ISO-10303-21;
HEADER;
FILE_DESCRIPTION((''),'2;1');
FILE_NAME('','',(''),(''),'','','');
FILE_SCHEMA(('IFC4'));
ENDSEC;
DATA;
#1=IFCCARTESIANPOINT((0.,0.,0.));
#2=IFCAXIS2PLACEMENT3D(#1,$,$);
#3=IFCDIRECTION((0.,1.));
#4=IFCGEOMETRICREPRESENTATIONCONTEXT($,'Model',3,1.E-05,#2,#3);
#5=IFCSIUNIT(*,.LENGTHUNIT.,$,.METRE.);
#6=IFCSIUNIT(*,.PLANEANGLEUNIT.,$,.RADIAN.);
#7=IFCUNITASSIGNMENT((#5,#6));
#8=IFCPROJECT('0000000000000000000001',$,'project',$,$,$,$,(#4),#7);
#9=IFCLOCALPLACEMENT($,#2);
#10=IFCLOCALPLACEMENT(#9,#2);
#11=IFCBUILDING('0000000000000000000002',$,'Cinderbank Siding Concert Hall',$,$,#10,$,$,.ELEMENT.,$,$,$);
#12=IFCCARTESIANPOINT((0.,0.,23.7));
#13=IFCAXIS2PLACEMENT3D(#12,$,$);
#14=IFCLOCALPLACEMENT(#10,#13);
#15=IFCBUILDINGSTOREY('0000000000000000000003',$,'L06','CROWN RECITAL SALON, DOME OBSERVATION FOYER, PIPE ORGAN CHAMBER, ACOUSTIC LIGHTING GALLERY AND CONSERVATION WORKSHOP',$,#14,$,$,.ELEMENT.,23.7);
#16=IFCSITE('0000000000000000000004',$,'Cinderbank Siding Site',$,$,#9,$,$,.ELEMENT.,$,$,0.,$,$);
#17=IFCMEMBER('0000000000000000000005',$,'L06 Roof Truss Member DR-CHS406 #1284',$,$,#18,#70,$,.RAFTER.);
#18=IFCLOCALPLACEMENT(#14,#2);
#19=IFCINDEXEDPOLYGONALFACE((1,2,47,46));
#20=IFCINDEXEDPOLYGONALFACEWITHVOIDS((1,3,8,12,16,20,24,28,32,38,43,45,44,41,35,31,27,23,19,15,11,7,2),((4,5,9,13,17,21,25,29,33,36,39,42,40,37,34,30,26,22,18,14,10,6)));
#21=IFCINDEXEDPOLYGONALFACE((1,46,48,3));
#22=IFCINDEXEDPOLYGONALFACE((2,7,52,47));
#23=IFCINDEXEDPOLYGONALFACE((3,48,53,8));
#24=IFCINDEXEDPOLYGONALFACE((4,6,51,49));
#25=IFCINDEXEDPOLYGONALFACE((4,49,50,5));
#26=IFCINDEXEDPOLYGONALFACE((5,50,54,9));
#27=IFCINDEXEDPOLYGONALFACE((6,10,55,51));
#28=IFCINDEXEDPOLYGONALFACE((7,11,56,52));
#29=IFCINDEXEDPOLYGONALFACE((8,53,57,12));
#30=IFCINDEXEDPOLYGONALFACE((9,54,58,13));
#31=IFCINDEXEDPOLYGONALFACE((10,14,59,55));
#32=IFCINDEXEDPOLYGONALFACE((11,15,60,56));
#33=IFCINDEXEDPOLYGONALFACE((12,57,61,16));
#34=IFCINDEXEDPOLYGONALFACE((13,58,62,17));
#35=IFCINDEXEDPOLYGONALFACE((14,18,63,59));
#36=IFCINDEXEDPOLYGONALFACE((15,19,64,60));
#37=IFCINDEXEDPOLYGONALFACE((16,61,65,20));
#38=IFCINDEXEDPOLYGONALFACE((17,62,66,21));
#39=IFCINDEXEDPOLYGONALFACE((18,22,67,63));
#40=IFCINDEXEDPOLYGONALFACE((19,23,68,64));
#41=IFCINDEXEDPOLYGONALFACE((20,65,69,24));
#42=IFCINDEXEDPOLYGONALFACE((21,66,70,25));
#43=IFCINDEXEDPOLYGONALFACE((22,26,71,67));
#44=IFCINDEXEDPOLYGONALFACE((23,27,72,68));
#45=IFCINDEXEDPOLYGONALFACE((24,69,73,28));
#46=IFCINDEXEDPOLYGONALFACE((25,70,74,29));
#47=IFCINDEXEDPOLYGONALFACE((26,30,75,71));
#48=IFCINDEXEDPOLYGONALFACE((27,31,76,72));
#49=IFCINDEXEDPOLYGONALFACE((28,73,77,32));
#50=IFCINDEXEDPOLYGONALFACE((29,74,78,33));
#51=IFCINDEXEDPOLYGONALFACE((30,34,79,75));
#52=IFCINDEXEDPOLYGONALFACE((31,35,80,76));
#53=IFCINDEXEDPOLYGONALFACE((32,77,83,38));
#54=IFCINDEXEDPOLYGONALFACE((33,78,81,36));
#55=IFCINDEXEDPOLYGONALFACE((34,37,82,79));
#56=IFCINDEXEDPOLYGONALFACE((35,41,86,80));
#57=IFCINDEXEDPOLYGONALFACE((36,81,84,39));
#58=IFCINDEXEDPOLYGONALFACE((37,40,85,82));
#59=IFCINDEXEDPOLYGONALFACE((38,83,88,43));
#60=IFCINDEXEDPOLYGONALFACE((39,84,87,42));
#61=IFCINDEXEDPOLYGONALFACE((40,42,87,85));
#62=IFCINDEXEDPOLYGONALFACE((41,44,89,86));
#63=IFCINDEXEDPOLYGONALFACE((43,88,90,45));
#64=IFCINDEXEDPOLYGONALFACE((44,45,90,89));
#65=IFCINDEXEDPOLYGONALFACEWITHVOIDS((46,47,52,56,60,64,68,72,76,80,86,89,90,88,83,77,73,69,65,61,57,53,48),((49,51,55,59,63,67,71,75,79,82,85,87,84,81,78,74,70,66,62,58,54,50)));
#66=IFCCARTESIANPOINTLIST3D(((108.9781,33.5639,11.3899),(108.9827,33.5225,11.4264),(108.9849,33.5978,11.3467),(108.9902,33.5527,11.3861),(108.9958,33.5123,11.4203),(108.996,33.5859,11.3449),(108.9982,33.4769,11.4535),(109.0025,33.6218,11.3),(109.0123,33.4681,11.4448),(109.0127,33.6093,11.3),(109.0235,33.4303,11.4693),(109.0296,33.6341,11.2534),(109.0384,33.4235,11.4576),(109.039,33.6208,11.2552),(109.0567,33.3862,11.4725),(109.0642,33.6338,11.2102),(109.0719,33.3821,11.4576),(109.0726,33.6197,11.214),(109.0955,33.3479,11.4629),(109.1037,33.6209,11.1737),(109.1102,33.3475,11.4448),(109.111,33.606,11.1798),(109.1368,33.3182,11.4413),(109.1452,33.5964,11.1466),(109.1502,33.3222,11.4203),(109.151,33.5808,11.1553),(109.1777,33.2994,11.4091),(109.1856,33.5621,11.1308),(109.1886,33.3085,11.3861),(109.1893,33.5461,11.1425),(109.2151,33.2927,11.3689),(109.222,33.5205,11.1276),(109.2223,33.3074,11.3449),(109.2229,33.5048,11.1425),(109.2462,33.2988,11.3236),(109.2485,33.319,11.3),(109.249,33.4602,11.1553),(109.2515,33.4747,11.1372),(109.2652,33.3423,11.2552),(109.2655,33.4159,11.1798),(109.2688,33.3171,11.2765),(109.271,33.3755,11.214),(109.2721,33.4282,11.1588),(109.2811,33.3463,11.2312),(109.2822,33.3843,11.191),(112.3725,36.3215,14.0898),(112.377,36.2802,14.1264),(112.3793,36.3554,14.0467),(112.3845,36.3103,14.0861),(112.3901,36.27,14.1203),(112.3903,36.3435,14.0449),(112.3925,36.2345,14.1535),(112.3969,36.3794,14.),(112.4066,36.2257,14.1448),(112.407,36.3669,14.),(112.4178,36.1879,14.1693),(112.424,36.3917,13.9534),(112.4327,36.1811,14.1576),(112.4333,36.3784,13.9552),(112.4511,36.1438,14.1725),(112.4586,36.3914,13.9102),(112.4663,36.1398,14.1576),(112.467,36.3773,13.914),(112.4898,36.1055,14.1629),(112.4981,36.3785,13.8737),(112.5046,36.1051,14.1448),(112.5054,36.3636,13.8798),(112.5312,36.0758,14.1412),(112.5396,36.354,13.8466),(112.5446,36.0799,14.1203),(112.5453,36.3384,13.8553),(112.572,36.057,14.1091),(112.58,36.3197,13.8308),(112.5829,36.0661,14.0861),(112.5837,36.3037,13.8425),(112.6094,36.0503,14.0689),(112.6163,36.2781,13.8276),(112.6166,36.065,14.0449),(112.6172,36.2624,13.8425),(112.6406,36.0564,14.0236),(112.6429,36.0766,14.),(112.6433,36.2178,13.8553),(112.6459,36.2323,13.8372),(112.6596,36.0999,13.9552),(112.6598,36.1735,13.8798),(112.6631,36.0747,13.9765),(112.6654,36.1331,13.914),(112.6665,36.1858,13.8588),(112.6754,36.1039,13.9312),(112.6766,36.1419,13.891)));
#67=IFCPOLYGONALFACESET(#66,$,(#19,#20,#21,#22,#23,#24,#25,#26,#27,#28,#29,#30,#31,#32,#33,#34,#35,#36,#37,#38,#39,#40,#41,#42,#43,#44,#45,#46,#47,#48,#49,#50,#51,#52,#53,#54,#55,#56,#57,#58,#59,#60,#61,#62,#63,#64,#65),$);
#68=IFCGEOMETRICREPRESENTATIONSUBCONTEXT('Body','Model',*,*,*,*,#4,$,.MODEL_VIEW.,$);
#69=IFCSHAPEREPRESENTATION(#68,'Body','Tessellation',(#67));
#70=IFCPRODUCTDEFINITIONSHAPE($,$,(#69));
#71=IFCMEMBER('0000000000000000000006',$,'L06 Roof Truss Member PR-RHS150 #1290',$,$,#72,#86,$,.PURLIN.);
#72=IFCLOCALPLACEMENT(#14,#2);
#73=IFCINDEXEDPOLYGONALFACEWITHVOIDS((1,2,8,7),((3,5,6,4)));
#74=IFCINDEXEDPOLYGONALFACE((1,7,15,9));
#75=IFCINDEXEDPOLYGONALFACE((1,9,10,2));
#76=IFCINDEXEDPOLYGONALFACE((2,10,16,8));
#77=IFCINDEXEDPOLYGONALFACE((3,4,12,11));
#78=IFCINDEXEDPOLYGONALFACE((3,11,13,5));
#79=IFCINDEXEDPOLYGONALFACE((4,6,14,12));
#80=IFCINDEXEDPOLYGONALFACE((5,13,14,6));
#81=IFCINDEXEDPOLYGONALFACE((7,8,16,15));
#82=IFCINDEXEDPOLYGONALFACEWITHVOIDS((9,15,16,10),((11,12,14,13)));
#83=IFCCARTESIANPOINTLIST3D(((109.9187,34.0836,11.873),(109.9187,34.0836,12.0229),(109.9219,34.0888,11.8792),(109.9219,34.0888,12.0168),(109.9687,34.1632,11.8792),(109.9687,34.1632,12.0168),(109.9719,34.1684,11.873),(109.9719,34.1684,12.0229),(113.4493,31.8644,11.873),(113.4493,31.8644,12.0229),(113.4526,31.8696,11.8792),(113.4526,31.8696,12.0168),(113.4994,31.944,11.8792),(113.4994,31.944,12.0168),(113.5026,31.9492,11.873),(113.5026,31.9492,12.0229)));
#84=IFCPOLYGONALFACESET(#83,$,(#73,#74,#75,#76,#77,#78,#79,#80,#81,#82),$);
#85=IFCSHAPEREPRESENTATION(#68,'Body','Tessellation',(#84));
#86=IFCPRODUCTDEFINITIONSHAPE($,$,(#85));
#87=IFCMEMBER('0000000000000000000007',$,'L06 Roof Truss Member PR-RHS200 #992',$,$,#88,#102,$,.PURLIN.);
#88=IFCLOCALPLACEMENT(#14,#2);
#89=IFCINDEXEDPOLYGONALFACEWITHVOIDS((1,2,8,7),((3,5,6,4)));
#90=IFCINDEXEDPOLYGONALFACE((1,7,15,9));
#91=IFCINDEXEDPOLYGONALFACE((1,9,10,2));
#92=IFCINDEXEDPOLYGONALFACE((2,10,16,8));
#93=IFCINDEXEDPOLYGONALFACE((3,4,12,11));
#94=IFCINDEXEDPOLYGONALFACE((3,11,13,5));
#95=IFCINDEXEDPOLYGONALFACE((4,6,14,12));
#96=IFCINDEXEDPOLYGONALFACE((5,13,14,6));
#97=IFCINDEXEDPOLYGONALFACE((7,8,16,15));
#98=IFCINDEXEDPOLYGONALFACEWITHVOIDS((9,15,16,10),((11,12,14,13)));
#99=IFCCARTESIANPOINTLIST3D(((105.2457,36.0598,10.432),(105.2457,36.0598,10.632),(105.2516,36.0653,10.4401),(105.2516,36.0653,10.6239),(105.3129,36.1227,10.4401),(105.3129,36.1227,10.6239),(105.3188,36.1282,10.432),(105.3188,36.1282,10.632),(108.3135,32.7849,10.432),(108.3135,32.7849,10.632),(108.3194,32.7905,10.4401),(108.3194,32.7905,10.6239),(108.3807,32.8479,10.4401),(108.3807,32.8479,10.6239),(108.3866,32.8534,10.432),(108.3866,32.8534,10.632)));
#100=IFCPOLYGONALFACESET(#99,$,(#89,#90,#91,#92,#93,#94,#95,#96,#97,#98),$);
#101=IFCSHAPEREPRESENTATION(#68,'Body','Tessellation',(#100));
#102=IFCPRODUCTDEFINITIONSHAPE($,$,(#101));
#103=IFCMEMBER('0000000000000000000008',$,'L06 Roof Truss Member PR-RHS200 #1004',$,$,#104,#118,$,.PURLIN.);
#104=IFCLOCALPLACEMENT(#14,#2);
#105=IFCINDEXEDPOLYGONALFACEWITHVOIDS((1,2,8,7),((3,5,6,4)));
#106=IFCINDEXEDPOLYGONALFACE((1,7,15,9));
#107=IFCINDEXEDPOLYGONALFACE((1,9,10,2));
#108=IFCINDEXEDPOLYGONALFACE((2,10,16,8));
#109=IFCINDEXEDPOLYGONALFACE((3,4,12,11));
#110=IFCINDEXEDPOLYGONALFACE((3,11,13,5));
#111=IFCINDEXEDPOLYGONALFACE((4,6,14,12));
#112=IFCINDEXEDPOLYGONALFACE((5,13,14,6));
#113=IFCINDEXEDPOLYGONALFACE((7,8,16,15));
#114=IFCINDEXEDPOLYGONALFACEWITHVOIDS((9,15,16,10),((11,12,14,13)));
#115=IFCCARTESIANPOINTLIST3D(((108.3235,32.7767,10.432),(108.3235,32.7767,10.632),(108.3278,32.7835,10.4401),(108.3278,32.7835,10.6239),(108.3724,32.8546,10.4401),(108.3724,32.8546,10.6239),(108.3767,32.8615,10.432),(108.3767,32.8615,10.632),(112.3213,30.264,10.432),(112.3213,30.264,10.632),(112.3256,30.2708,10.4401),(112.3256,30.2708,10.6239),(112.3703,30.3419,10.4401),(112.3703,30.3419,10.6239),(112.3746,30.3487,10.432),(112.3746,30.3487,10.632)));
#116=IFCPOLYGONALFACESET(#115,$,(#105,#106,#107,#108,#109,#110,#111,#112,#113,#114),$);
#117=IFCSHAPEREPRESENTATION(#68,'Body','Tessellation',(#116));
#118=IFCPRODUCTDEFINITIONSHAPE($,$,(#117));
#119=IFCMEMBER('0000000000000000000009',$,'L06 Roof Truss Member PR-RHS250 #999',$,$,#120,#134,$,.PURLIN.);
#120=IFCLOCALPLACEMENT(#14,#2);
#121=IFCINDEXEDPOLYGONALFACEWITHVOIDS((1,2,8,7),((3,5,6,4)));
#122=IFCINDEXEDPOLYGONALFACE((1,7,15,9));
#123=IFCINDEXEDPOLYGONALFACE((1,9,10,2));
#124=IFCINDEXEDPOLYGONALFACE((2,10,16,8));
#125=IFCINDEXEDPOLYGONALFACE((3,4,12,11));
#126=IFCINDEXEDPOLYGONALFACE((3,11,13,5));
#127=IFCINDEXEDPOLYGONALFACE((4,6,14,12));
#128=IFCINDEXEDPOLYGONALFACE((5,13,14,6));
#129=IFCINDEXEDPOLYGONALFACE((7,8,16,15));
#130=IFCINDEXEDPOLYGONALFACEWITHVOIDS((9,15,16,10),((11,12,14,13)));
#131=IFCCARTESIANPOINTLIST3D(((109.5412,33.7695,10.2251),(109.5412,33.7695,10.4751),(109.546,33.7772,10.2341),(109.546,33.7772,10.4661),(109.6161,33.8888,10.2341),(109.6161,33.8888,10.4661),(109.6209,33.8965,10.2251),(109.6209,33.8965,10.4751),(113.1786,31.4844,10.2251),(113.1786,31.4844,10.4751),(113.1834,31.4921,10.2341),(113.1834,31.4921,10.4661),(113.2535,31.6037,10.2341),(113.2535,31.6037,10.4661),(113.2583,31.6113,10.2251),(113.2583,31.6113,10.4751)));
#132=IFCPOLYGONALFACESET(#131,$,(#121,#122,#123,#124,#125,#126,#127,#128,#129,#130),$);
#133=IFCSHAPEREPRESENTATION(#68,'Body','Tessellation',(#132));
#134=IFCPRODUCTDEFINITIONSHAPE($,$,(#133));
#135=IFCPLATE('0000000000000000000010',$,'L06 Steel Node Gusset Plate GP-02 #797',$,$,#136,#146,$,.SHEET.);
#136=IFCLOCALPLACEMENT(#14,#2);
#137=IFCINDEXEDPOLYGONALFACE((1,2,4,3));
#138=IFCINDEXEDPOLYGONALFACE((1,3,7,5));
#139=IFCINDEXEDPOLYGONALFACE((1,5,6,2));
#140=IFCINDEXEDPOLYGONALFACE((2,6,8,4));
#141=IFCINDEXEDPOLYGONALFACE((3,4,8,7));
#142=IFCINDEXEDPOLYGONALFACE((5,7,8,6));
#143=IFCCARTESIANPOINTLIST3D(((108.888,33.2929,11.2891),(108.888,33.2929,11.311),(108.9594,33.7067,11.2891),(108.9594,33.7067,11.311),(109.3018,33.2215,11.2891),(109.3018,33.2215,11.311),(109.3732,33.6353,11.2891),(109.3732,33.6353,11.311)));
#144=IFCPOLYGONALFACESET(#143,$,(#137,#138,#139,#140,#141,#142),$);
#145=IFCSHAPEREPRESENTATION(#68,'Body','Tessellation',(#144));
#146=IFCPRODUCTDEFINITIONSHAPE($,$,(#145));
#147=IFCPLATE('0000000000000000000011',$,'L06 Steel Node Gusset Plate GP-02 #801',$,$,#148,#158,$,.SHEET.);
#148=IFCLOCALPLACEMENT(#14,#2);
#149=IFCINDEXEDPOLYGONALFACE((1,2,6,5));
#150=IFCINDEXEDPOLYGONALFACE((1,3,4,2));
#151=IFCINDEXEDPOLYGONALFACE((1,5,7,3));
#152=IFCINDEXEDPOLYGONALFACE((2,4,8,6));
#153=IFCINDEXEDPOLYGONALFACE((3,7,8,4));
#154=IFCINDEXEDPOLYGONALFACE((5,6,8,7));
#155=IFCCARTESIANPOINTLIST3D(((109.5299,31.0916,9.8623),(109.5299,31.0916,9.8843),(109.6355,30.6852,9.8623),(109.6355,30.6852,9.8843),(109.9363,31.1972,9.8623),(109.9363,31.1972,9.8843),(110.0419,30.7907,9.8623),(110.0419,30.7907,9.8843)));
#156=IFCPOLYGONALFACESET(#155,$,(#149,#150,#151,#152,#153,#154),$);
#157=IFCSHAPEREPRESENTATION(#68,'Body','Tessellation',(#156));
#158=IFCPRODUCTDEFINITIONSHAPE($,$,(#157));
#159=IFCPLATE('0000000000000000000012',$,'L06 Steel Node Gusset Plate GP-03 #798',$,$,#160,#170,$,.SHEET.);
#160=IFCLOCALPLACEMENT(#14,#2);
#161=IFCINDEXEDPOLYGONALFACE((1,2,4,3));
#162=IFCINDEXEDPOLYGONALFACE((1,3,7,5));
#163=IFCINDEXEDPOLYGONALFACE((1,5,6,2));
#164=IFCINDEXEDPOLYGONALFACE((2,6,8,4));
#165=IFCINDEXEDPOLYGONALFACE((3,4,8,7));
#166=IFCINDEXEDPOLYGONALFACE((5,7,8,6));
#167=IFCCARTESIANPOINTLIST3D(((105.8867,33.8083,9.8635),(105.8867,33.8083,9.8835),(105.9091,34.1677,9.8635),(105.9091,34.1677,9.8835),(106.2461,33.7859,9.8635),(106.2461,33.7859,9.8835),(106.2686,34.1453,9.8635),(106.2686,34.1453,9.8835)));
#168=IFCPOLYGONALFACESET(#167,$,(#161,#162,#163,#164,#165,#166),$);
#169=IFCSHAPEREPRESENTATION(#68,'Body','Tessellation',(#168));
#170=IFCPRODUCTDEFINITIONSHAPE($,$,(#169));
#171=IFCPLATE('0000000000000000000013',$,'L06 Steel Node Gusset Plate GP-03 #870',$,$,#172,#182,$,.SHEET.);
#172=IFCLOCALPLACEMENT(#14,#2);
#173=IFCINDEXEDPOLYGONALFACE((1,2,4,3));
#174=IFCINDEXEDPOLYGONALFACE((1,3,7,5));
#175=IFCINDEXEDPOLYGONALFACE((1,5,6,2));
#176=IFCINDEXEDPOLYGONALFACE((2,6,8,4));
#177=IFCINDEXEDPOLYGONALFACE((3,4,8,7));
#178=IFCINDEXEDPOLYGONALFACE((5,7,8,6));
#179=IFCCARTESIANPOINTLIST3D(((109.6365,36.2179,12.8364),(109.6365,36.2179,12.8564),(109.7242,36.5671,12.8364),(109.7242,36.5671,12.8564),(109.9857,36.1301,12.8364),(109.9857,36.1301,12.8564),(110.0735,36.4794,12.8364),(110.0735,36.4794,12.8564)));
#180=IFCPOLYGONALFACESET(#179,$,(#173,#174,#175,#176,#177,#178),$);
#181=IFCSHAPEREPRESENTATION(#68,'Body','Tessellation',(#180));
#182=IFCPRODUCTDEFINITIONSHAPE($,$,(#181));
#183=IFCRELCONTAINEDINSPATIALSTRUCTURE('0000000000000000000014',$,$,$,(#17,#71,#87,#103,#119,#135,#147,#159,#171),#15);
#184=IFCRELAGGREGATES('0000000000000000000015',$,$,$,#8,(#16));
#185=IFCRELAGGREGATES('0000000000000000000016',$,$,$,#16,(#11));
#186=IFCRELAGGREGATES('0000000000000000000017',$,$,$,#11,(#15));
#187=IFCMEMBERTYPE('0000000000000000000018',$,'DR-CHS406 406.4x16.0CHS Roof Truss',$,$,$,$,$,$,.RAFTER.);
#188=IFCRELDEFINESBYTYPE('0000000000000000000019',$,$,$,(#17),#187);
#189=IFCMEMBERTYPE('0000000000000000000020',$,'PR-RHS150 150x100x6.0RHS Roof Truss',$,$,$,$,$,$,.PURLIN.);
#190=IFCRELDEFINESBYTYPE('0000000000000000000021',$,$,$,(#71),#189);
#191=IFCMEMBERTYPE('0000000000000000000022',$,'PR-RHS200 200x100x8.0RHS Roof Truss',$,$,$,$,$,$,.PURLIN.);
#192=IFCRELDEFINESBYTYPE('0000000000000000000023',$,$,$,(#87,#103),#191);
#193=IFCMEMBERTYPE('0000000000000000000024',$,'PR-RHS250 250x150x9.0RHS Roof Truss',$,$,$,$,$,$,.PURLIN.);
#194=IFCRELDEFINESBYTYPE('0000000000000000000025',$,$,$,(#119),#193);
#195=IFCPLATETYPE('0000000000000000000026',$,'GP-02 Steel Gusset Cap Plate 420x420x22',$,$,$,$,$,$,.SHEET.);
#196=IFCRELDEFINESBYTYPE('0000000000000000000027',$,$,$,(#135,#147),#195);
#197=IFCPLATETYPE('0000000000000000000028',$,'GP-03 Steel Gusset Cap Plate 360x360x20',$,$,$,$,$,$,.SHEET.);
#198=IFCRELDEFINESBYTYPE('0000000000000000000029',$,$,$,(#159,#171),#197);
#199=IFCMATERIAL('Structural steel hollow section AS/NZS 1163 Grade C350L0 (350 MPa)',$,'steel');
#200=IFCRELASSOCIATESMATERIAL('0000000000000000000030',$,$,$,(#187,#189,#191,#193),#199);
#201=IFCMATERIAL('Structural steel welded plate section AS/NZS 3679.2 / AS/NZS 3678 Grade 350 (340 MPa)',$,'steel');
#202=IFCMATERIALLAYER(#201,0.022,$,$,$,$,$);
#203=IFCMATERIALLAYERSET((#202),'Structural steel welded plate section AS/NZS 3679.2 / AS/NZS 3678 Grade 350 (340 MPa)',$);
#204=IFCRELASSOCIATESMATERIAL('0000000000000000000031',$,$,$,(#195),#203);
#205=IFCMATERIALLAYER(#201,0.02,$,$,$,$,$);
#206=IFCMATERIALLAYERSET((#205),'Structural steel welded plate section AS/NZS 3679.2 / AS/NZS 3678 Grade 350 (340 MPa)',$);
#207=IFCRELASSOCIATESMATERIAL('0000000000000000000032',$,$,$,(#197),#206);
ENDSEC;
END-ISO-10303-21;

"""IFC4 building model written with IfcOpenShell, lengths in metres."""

from ifc_helpers import new_model, si_unit, direction, frame, origin, origin_2d, place, context, subcontext, project, spatial, rectangle, hollow_rectangle, hollow_circle, extrude, material, layer, layer_set, material_profile, profile_set, type_object, element, save


model = new_model("IFC4")

# Units and contexts
model_context = context("Model", 3, precision=1e-05, world=origin(), true_north=direction((0.0, 1.0)))
body_context = subcontext(model_context, "Body", "Model", "MODEL_VIEW")
ifc_project = project(units=[si_unit("LENGTHUNIT", "METRE"), si_unit("PLANEANGLEUNIT", "RADIAN")], contexts=[model_context])

# Site, building, storey
site_placement = place(None, origin())
site = spatial("IfcSite", under=ifc_project, at=site_placement, Name="Cinderbank Siding Site", CompositionType="ELEMENT", RefElevation=0.0)
building_placement = place(site_placement, origin())
building = spatial("IfcBuilding", under=site, at=building_placement, Name="Cinderbank Siding Concert Hall", CompositionType="ELEMENT")
storey_placement = place(building_placement, frame((0.0, 0.0, 23.7)))
storey = spatial("IfcBuildingStorey", under=building, at=storey_placement, Name="L06", Description="CROWN RECITAL SALON, DOME OBSERVATION FOYER, PIPE ORGAN CHAMBER, ACOUSTIC LIGHTING GALLERY AND CONSERVATION WORKSHOP", CompositionType="ELEMENT", Elevation=23.7)

# Members
ifc_material_1 = material(Name="Structural steel hollow section AS/NZS 1163 Grade C350L0 (350 MPa)", Category="steel")
ifc_material_profile_1 = material_profile(ifc_material_1, hollow_circle(Radius=0.2031, WallThickness=0.0161, at=origin_2d()), Name="406.4x16.0CHS", Category="LoadBearing")
ifc_profile_set_1 = profile_set([ifc_material_profile_1], Name="Structural steel hollow section AS/NZS 1163 Grade C350L0 (350 MPa)")
member_type_1 = type_object("IfcMemberType", Name="DR-CHS406 406.4x16.0CHS Roof Truss", PredefinedType="RAFTER", material=ifc_profile_set_1)
member_1_placement = place(storey_placement, frame((109.1306, 33.4641, 11.3), z_axis=(0.660423, 0.536538, 0.525327), x_axis=(-0.630553, 0.776146, 0.0)))
element("IfcMember", 1, at=member_1_placement, inside=storey, type_object=member_type_1, Name="L06 Roof Truss Member DR-CHS406 #1284", PredefinedType="RAFTER", context=body_context, shape_type="SweptSolid", body=[
    extrude(hollow_circle(Radius=0.2031, WallThickness=0.0161, at=origin_2d()), origin(), (0.0, 0.0, 1.0), 5.1396),
])
ifc_material_profile_2 = material_profile(ifc_material_1, hollow_rectangle(XDim=0.1001, YDim=0.1499, WallThickness=0.0061, at=origin_2d()), Name="150x100x6.0RHS", Category="LoadBearing")
ifc_profile_set_2 = profile_set([ifc_material_profile_2], Name="Structural steel hollow section AS/NZS 1163 Grade C350L0 (350 MPa)")
member_type_2 = type_object("IfcMemberType", Name="PR-RHS150 150x100x6.0RHS Roof Truss", PredefinedType="PURLIN", material=ifc_profile_set_2)
member_2_placement = place(storey_placement, frame((109.9453, 34.126, 11.948), z_axis=(0.846647, -0.532155, 0.0), x_axis=(0.532155, 0.846647, 0.0)))
element("IfcMember", 2, at=member_2_placement, inside=storey, type_object=member_type_2, Name="L06 Roof Truss Member PR-RHS150 #1290", PredefinedType="PURLIN", context=body_context, shape_type="SweptSolid", body=[
    extrude(hollow_rectangle(XDim=0.1001, YDim=0.1499, WallThickness=0.0061, at=origin_2d()), origin(), (0.0, 0.0, 1.0), 4.1702),
])
ifc_material_profile_3 = material_profile(ifc_material_1, hollow_rectangle(XDim=0.1001, YDim=0.2, WallThickness=0.0081, at=origin_2d()), Name="200x100x8.0RHS", Category="LoadBearing")
ifc_profile_set_3 = profile_set([ifc_material_profile_3], Name="Structural steel hollow section AS/NZS 1163 Grade C350L0 (350 MPa)")
member_type_3 = type_object("IfcMemberType", Name="PR-RHS200 200x100x8.0RHS Roof Truss", PredefinedType="PURLIN", material=ifc_profile_set_3)
member_3_placement = place(storey_placement, frame((105.2822, 36.094, 10.532), z_axis=(0.683662, -0.729798, 0.0), x_axis=(0.729798, 0.683662, 0.0)))
element("IfcMember", 3, at=member_3_placement, inside=storey, type_object=member_type_3, Name="L06 Roof Truss Member PR-RHS200 #992", PredefinedType="PURLIN", context=body_context, shape_type="SweptSolid", body=[
    extrude(hollow_rectangle(XDim=0.1001, YDim=0.2, WallThickness=0.0081, at=origin_2d()), origin(), (0.0, 0.0, 1.0), 4.4873),
])
member_4_placement = place(storey_placement, frame((108.3501, 32.8191, 10.532), z_axis=(0.846657, -0.53214, 0.0), x_axis=(0.53214, 0.846657, 0.0)))
element("IfcMember", 4, at=member_4_placement, inside=storey, type_object=member_type_3, Name="L06 Roof Truss Member PR-RHS200 #1004", PredefinedType="PURLIN", context=body_context, shape_type="SweptSolid", body=[
    extrude(hollow_rectangle(XDim=0.1001, YDim=0.2, WallThickness=0.0081, at=origin_2d()), origin(), (0.0, 0.0, 1.0), 4.7219),
])
ifc_material_profile_4 = material_profile(ifc_material_1, hollow_rectangle(XDim=0.1499, YDim=0.25, WallThickness=0.009, at=origin_2d()), Name="250x150x9.0RHS", Category="LoadBearing")
ifc_profile_set_4 = profile_set([ifc_material_profile_4], Name="Structural steel hollow section AS/NZS 1163 Grade C350L0 (350 MPa)")
member_type_4 = type_object("IfcMemberType", Name="PR-RHS250 250x150x9.0RHS Roof Truss", PredefinedType="PURLIN", material=ifc_profile_set_4)
member_5_placement = place(storey_placement, frame((109.5811, 33.833, 10.3501), z_axis=(0.846767, -0.531964, 0.0), x_axis=(0.531964, 0.846767, 0.0)))
element("IfcMember", 5, at=member_5_placement, inside=storey, type_object=member_type_4, Name="L06 Roof Truss Member PR-RHS250 #999", PredefinedType="PURLIN", context=body_context, shape_type="SweptSolid", body=[
    extrude(hollow_rectangle(XDim=0.1499, YDim=0.25, WallThickness=0.009, at=origin_2d()), origin(), (0.0, 0.0, 1.0), 4.2957),
])

# Plates
ifc_material_2 = material(Name="Structural steel welded plate section AS/NZS 3679.2 / AS/NZS 3678 Grade 350 (340 MPa)", Category="steel")
ifc_layer_1 = layer(ifc_material_2, 0.022)
ifc_layer_set_1 = layer_set([ifc_layer_1], Name="Structural steel welded plate section AS/NZS 3679.2 / AS/NZS 3678 Grade 350 (340 MPa)")
plate_type_1 = type_object("IfcPlateType", Name="GP-02 Steel Gusset Cap Plate 420x420x22", PredefinedType="SHEET", material=ifc_layer_set_1)
for number, where, z_axis, x_axis, name in (
    (6, (109.1306, 33.4641, 11.2891), (0.0, 0.0, 1.0), (0.985438, -0.170038, 0.0), "L06 Steel Node Gusset Plate GP-02 #797"),
    (7, (109.7859, 30.9412, 9.8623), (0.0, 0.0, 1.0), (-0.251394, 0.967885, 0.0), "L06 Steel Node Gusset Plate GP-02 #801"),
):
    element("IfcPlate", number, at=place(storey_placement, frame(where, z_axis=z_axis, x_axis=x_axis)), inside=storey, type_object=plate_type_1, Name=name, PredefinedType="SHEET", context=body_context, shape_type="SweptSolid", body=[
        extrude(rectangle(XDim=0.4199, YDim=0.4199, at=origin_2d()), origin(), (0.0, 0.0, 1.0), 0.022),
    ])
ifc_layer_2 = layer(ifc_material_2, 0.02)
ifc_layer_set_2 = layer_set([ifc_layer_2], Name="Structural steel welded plate section AS/NZS 3679.2 / AS/NZS 3678 Grade 350 (340 MPa)")
plate_type_2 = type_object("IfcPlateType", Name="GP-03 Steel Gusset Cap Plate 360x360x20", PredefinedType="SHEET", material=ifc_layer_set_2)
for number, where, z_axis, x_axis, name in (
    (8, (106.0776, 33.9768, 9.8635), (0.0, 0.0, 1.0), (0.062268, 0.998059, 0.0), "L06 Steel Node Gusset Plate GP-03 #798"),
    (9, (109.855, 36.3486, 12.8364), (0.0, 0.0, 1.0), (0.243615, 0.969872, 0.0), "L06 Steel Node Gusset Plate GP-03 #870"),
):
    element("IfcPlate", number, at=place(storey_placement, frame(where, z_axis=z_axis, x_axis=x_axis)), inside=storey, type_object=plate_type_2, Name=name, PredefinedType="SHEET", context=body_context, shape_type="SweptSolid", body=[
        extrude(rectangle(XDim=0.3601, YDim=0.3601, at=origin_2d()), origin(), (0.0, 0.0, 1.0), 0.02),
    ])

save(model, "model.ifc")
